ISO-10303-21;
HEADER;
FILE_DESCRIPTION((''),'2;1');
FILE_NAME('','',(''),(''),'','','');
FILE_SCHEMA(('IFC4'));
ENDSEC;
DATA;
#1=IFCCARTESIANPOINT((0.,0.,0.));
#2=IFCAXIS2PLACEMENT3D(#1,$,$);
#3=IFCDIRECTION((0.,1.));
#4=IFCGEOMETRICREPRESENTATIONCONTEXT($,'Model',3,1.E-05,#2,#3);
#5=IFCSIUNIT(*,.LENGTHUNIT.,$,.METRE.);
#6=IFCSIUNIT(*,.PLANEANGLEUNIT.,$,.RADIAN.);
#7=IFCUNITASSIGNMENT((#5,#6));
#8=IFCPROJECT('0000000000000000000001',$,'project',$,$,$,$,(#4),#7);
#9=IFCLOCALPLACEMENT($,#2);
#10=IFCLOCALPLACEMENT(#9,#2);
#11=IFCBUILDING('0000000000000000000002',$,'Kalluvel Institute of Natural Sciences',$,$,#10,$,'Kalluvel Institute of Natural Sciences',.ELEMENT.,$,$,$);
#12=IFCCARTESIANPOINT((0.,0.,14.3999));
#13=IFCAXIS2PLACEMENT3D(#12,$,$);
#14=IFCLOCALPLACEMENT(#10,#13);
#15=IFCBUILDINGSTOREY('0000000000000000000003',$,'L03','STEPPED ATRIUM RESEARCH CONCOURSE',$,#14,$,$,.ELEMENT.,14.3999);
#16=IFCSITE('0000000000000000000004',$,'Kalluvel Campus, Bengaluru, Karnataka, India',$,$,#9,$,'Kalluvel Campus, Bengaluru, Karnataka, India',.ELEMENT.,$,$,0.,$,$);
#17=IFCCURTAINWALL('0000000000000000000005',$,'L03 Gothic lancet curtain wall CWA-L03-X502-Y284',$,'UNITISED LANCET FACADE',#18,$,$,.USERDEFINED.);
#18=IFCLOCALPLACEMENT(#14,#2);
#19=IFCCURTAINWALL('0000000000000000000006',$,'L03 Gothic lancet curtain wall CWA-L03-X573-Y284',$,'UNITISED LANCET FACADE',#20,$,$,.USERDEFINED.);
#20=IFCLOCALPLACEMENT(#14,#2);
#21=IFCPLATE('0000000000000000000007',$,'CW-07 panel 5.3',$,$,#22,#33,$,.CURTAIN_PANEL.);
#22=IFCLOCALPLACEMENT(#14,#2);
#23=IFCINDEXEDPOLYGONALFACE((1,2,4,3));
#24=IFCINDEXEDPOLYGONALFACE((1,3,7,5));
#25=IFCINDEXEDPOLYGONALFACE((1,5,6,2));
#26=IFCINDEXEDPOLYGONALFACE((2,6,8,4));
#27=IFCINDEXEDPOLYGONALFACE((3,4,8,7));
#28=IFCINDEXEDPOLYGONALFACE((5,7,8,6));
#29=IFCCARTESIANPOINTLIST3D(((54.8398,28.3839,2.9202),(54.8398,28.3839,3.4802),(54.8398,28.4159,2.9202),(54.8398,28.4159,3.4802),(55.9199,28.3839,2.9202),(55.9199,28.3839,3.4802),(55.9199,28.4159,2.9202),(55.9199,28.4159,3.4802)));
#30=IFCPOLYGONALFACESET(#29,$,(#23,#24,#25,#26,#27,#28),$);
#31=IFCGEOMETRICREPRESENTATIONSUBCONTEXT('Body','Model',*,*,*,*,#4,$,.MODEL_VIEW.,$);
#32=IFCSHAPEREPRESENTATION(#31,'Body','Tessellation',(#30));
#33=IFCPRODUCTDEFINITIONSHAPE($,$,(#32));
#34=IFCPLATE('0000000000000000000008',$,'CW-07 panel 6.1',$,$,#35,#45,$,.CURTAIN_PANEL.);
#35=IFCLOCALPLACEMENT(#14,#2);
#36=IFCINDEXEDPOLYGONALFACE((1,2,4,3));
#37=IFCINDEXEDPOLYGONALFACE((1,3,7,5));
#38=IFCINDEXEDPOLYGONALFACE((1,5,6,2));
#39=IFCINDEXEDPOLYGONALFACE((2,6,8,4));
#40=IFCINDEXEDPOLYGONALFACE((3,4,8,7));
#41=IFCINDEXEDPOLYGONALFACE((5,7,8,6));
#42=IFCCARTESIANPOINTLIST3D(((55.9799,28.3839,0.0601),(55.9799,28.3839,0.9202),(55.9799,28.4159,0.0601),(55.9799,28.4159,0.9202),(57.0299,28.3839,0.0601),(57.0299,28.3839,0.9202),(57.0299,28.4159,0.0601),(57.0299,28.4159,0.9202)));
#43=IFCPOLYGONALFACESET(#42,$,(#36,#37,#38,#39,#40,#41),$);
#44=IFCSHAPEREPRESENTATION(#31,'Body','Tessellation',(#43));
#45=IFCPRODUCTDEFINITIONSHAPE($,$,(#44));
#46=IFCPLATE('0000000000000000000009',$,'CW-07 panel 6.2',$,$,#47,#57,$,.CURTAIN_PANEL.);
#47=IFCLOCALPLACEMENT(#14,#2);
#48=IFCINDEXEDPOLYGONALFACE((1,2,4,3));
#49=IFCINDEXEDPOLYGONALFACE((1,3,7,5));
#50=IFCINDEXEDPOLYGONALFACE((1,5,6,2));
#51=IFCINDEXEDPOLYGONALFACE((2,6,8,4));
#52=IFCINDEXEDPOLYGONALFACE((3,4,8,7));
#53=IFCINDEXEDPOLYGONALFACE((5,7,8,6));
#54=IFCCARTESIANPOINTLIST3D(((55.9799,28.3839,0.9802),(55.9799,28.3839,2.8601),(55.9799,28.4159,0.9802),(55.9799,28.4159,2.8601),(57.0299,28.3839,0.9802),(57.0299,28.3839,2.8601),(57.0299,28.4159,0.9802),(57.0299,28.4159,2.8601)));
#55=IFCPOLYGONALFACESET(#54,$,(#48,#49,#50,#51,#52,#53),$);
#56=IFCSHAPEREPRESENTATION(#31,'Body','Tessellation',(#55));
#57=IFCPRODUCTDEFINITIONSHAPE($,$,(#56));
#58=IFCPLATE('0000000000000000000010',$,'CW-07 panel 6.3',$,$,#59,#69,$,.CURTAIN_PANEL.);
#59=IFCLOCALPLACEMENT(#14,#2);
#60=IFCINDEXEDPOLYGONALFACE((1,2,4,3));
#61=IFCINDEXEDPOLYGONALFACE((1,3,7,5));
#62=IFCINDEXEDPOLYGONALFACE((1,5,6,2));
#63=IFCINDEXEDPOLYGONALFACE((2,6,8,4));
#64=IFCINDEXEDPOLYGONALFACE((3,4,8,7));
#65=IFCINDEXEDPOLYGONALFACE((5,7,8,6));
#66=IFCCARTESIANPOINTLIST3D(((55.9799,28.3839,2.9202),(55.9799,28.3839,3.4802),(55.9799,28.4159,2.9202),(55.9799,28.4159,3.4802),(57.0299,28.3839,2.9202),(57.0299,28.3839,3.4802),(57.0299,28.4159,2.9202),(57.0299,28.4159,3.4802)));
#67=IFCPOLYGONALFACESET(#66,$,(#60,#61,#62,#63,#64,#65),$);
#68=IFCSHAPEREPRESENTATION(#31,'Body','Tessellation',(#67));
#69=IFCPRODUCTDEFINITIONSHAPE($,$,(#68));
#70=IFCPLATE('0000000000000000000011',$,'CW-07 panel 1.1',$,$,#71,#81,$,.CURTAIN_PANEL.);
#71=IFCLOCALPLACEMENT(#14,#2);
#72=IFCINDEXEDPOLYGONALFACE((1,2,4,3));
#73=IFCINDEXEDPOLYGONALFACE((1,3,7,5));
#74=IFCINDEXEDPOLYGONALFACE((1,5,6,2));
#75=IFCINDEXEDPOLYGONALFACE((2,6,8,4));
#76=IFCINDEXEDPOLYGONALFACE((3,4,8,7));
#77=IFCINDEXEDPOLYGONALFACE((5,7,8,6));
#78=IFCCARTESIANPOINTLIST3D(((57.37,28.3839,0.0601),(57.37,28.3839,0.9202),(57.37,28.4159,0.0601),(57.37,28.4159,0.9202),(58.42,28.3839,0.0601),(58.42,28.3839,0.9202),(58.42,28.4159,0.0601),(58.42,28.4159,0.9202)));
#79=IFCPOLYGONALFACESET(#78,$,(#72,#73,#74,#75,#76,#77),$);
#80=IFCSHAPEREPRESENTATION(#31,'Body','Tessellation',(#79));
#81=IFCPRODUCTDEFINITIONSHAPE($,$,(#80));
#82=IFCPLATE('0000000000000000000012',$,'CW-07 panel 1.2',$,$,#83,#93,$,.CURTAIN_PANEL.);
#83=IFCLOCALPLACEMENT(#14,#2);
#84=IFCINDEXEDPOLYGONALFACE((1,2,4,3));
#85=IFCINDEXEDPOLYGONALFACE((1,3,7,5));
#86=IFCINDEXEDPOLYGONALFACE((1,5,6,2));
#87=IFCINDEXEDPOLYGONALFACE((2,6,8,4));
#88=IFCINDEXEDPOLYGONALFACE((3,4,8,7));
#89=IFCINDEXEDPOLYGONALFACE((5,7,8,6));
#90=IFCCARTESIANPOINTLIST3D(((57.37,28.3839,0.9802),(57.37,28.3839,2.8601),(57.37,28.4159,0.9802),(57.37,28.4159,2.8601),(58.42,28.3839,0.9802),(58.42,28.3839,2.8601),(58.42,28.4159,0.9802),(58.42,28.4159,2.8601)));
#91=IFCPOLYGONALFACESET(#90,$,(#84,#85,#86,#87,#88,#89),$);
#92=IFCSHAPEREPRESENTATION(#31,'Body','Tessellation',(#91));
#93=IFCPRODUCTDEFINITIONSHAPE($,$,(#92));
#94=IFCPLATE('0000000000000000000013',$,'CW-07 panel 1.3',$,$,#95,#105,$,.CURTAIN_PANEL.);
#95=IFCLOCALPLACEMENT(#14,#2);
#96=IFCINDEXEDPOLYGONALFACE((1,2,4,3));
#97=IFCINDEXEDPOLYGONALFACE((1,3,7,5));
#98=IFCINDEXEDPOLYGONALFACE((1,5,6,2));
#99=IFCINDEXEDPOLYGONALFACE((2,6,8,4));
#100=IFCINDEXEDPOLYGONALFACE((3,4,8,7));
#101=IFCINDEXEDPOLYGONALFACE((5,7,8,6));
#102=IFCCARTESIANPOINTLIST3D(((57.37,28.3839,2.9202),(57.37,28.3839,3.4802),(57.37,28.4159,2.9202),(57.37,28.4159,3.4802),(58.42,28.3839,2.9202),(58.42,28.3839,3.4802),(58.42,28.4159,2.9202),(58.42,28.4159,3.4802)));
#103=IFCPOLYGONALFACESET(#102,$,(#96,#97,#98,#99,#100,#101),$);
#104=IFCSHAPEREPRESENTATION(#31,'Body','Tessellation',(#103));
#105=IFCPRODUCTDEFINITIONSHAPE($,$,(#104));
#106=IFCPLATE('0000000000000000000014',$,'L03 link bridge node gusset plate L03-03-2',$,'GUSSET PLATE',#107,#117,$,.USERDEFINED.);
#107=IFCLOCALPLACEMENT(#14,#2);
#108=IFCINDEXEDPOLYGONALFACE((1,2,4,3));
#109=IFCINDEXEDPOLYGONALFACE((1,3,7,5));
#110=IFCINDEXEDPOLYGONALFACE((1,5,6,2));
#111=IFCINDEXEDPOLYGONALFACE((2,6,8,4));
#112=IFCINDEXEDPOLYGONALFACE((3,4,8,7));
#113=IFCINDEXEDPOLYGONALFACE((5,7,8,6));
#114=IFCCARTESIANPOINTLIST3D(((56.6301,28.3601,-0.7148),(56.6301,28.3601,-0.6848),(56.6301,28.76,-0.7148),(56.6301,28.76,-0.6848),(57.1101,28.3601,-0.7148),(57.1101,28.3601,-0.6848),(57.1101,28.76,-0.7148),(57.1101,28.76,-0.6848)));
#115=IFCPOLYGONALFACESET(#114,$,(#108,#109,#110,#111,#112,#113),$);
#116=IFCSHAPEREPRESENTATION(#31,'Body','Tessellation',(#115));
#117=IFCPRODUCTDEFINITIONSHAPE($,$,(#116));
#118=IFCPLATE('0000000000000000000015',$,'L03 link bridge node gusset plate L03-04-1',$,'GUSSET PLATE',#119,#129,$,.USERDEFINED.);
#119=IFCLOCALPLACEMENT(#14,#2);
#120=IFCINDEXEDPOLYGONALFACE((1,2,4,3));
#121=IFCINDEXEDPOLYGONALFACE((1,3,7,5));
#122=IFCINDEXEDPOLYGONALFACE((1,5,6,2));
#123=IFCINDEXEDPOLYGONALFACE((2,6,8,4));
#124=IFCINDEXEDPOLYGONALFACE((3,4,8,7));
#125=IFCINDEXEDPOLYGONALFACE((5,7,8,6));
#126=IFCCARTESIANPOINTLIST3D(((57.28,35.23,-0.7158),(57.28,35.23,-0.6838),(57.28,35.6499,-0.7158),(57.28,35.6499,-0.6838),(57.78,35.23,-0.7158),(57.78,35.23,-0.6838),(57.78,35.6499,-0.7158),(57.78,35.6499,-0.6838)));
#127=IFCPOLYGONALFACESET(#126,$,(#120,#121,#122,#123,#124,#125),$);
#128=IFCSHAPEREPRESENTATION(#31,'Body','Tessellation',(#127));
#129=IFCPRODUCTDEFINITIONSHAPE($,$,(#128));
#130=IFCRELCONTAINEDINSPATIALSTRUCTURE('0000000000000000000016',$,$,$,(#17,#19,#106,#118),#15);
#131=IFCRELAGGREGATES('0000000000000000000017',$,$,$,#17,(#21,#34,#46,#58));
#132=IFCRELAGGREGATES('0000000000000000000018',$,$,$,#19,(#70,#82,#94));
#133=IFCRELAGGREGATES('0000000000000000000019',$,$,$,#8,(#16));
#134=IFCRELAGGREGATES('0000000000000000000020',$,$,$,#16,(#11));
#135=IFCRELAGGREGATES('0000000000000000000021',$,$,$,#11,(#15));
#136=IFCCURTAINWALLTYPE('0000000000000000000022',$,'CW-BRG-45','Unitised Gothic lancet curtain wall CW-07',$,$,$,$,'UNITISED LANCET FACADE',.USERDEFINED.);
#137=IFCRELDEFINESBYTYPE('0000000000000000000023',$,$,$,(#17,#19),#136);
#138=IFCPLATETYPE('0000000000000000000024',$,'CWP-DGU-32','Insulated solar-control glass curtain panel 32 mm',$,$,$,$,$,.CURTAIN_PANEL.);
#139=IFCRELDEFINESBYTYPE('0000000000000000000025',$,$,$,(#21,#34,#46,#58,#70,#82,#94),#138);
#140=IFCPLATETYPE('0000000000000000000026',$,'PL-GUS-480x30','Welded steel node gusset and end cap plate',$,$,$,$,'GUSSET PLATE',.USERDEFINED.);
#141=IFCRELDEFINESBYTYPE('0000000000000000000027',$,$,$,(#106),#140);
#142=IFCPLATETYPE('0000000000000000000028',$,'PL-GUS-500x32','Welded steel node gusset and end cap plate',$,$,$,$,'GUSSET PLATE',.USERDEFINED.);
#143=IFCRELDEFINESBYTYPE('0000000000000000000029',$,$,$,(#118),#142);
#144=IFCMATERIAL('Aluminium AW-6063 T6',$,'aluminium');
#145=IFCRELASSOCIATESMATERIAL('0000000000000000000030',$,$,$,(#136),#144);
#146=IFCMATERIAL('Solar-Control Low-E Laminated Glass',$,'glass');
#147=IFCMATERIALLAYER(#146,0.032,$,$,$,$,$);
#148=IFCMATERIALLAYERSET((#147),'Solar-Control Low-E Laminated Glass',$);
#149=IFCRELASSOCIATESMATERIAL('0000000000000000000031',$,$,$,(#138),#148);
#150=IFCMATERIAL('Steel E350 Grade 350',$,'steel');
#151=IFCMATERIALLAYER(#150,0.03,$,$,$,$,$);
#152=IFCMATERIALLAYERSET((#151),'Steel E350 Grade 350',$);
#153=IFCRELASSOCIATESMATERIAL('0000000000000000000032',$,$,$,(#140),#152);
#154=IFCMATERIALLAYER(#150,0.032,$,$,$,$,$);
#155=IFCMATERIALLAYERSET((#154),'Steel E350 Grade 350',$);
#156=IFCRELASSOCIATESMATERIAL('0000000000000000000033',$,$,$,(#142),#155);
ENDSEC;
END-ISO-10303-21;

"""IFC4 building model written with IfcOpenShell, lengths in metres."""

from ifc_helpers import new_model, si_unit, direction, frame, origin, origin_2d, place, context, subcontext, project, spatial, rectangle, extrude, material, layer, layer_set, type_object, element, aggregate, save


model = new_model("IFC4")

# Units and contexts
model_context = context("Model", 3, precision=1e-05, world=origin(), true_north=direction((0.0, 1.0)))
body_context = subcontext(model_context, "Body", "Model", "MODEL_VIEW")
ifc_project = project(units=[si_unit("LENGTHUNIT", "METRE"), si_unit("PLANEANGLEUNIT", "RADIAN")], contexts=[model_context])

# Site, building, storey
site_placement = place(None, origin())
site = spatial("IfcSite", under=ifc_project, at=site_placement, Name="Kalluvel Campus, Bengaluru, Karnataka, India", LongName="Kalluvel Campus, Bengaluru, Karnataka, India", CompositionType="ELEMENT", RefElevation=0.0)
building_placement = place(site_placement, origin())
building = spatial("IfcBuilding", under=site, at=building_placement, Name="Kalluvel Institute of Natural Sciences", LongName="Kalluvel Institute of Natural Sciences", CompositionType="ELEMENT")
storey_placement = place(building_placement, frame((0.0, 0.0, 14.3999)))
storey = spatial("IfcBuildingStorey", under=building, at=storey_placement, Name="L03", Description="STEPPED ATRIUM RESEARCH CONCOURSE", CompositionType="ELEMENT", Elevation=14.3999)

# Shared definitions
ifc_material_1 = material(Name="Steel E350 Grade 350", Category="steel")

# Curtain walls
ifc_material_2 = material(Name="Aluminium AW-6063 T6", Category="aluminium")
curtain_wall_type = type_object("IfcCurtainWallType", Name="CW-BRG-45", Description="Unitised Gothic lancet curtain wall CW-07", ElementType="UNITISED LANCET FACADE", PredefinedType="USERDEFINED", material=ifc_material_2)
curtain_wall_1_placement = place(storey_placement, origin())
curtain_wall_1 = element("IfcCurtainWall", 1, at=curtain_wall_1_placement, inside=storey, type_object=curtain_wall_type, Name="L03 Gothic lancet curtain wall CWA-L03-X502-Y284", ObjectType="UNITISED LANCET FACADE", PredefinedType="USERDEFINED")
curtain_wall_2_placement = place(storey_placement, origin())
curtain_wall_2 = element("IfcCurtainWall", 2, at=curtain_wall_2_placement, inside=storey, type_object=curtain_wall_type, Name="L03 Gothic lancet curtain wall CWA-L03-X573-Y284", ObjectType="UNITISED LANCET FACADE", PredefinedType="USERDEFINED")

# Plates
ifc_material_3 = material(Name="Solar-Control Low-E Laminated Glass", Category="glass")
ifc_layer_1 = layer(ifc_material_3, 0.032)
ifc_layer_set_1 = layer_set([ifc_layer_1], Name="Solar-Control Low-E Laminated Glass")
plate_type_1 = type_object("IfcPlateType", Name="CWP-DGU-32", Description="Insulated solar-control glass curtain panel 32 mm", PredefinedType="CURTAIN_PANEL", material=ifc_layer_set_1)
plate_1_placement = place(storey_placement, frame((55.3799, 28.3999, 2.9202), z_axis=(0.0, 0.0, 1.0), x_axis=(1.0, 0.0, 0.0)))
plate_1 = element("IfcPlate", 3, at=plate_1_placement, type_object=plate_type_1, Name="CW-07 panel 5.3", PredefinedType="CURTAIN_PANEL", context=body_context, shape_type="SweptSolid", body=[
    extrude(rectangle(XDim=1.0801, YDim=0.032, at=origin_2d()), origin(), (0.0, 0.0, 1.0), 0.5601),
])
plate_2_placement = place(storey_placement, frame((56.5049, 28.3999, 0.0601), z_axis=(0.0, 0.0, 1.0), x_axis=(1.0, 0.0, 0.0)))
plate_2 = element("IfcPlate", 4, at=plate_2_placement, type_object=plate_type_1, Name="CW-07 panel 6.1", PredefinedType="CURTAIN_PANEL", context=body_context, shape_type="SweptSolid", body=[
    extrude(rectangle(XDim=1.05, YDim=0.032, at=origin_2d()), origin(), (0.0, 0.0, 1.0), 0.8601),
])
plate_3_placement = place(storey_placement, frame((56.5049, 28.3999, 0.9802), z_axis=(0.0, 0.0, 1.0), x_axis=(1.0, 0.0, 0.0)))
plate_3 = element("IfcPlate", 5, at=plate_3_placement, type_object=plate_type_1, Name="CW-07 panel 6.2", PredefinedType="CURTAIN_PANEL", context=body_context, shape_type="SweptSolid", body=[
    extrude(rectangle(XDim=1.05, YDim=0.032, at=origin_2d()), origin(), (0.0, 0.0, 1.0), 1.8799),
])
plate_4_placement = place(storey_placement, frame((56.5049, 28.3999, 2.9202), z_axis=(0.0, 0.0, 1.0), x_axis=(1.0, 0.0, 0.0)))
plate_4 = element("IfcPlate", 6, at=plate_4_placement, type_object=plate_type_1, Name="CW-07 panel 6.3", PredefinedType="CURTAIN_PANEL", context=body_context, shape_type="SweptSolid", body=[
    extrude(rectangle(XDim=1.05, YDim=0.032, at=origin_2d()), origin(), (0.0, 0.0, 1.0), 0.5601),
])
aggregate(curtain_wall_1, [plate_1, plate_2, plate_3, plate_4])
plate_5_placement = place(storey_placement, frame((57.895, 28.3999, 0.0601), z_axis=(0.0, 0.0, 1.0), x_axis=(1.0, 0.0, 0.0)))
plate_5 = element("IfcPlate", 7, at=plate_5_placement, type_object=plate_type_1, Name="CW-07 panel 1.1", PredefinedType="CURTAIN_PANEL", context=body_context, shape_type="SweptSolid", body=[
    extrude(rectangle(XDim=1.05, YDim=0.032, at=origin_2d()), origin(), (0.0, 0.0, 1.0), 0.8601),
])
plate_6_placement = place(storey_placement, frame((57.895, 28.3999, 0.9802), z_axis=(0.0, 0.0, 1.0), x_axis=(1.0, 0.0, 0.0)))
plate_6 = element("IfcPlate", 8, at=plate_6_placement, type_object=plate_type_1, Name="CW-07 panel 1.2", PredefinedType="CURTAIN_PANEL", context=body_context, shape_type="SweptSolid", body=[
    extrude(rectangle(XDim=1.05, YDim=0.032, at=origin_2d()), origin(), (0.0, 0.0, 1.0), 1.8799),
])
plate_7_placement = place(storey_placement, frame((57.895, 28.3999, 2.9202), z_axis=(0.0, 0.0, 1.0), x_axis=(1.0, 0.0, 0.0)))
plate_7 = element("IfcPlate", 9, at=plate_7_placement, type_object=plate_type_1, Name="CW-07 panel 1.3", PredefinedType="CURTAIN_PANEL", context=body_context, shape_type="SweptSolid", body=[
    extrude(rectangle(XDim=1.05, YDim=0.032, at=origin_2d()), origin(), (0.0, 0.0, 1.0), 0.5601),
])
aggregate(curtain_wall_2, [plate_5, plate_6, plate_7])

# Plates
ifc_layer_2 = layer(ifc_material_1, 0.03)
ifc_layer_set_2 = layer_set([ifc_layer_2], Name="Steel E350 Grade 350")
plate_type_2 = type_object("IfcPlateType", Name="PL-GUS-480x30", Description="Welded steel node gusset and end cap plate", ElementType="GUSSET PLATE", PredefinedType="USERDEFINED", material=ifc_layer_set_2)
plate_8_placement = place(storey_placement, frame((56.8701, 28.5601, -0.7148), z_axis=(0.0, 0.0, 1.0), x_axis=(1.0, 0.0, 0.0)))
element("IfcPlate", 10, at=plate_8_placement, inside=storey, type_object=plate_type_2, Name="L03 link bridge node gusset plate L03-03-2", ObjectType="GUSSET PLATE", PredefinedType="USERDEFINED", context=body_context, shape_type="SweptSolid", body=[
    extrude(rectangle(XDim=0.48, YDim=0.3999, at=origin_2d()), origin(), (0.0, 0.0, 1.0), 0.03),
])
ifc_layer_3 = layer(ifc_material_1, 0.032)
ifc_layer_set_3 = layer_set([ifc_layer_3], Name="Steel E350 Grade 350")
plate_type_3 = type_object("IfcPlateType", Name="PL-GUS-500x32", Description="Welded steel node gusset and end cap plate", ElementType="GUSSET PLATE", PredefinedType="USERDEFINED", material=ifc_layer_set_3)
plate_9_placement = place(storey_placement, frame((57.53, 35.4399, -0.7158), z_axis=(0.0, 0.0, 1.0), x_axis=(1.0, 0.0, 0.0)))
element("IfcPlate", 11, at=plate_9_placement, inside=storey, type_object=plate_type_3, Name="L03 link bridge node gusset plate L03-04-1", ObjectType="GUSSET PLATE", PredefinedType="USERDEFINED", context=body_context, shape_type="SweptSolid", body=[
    extrude(rectangle(XDim=0.5, YDim=0.4199, at=origin_2d()), origin(), (0.0, 0.0, 1.0), 0.032),
])

save(model, "model.ifc")
